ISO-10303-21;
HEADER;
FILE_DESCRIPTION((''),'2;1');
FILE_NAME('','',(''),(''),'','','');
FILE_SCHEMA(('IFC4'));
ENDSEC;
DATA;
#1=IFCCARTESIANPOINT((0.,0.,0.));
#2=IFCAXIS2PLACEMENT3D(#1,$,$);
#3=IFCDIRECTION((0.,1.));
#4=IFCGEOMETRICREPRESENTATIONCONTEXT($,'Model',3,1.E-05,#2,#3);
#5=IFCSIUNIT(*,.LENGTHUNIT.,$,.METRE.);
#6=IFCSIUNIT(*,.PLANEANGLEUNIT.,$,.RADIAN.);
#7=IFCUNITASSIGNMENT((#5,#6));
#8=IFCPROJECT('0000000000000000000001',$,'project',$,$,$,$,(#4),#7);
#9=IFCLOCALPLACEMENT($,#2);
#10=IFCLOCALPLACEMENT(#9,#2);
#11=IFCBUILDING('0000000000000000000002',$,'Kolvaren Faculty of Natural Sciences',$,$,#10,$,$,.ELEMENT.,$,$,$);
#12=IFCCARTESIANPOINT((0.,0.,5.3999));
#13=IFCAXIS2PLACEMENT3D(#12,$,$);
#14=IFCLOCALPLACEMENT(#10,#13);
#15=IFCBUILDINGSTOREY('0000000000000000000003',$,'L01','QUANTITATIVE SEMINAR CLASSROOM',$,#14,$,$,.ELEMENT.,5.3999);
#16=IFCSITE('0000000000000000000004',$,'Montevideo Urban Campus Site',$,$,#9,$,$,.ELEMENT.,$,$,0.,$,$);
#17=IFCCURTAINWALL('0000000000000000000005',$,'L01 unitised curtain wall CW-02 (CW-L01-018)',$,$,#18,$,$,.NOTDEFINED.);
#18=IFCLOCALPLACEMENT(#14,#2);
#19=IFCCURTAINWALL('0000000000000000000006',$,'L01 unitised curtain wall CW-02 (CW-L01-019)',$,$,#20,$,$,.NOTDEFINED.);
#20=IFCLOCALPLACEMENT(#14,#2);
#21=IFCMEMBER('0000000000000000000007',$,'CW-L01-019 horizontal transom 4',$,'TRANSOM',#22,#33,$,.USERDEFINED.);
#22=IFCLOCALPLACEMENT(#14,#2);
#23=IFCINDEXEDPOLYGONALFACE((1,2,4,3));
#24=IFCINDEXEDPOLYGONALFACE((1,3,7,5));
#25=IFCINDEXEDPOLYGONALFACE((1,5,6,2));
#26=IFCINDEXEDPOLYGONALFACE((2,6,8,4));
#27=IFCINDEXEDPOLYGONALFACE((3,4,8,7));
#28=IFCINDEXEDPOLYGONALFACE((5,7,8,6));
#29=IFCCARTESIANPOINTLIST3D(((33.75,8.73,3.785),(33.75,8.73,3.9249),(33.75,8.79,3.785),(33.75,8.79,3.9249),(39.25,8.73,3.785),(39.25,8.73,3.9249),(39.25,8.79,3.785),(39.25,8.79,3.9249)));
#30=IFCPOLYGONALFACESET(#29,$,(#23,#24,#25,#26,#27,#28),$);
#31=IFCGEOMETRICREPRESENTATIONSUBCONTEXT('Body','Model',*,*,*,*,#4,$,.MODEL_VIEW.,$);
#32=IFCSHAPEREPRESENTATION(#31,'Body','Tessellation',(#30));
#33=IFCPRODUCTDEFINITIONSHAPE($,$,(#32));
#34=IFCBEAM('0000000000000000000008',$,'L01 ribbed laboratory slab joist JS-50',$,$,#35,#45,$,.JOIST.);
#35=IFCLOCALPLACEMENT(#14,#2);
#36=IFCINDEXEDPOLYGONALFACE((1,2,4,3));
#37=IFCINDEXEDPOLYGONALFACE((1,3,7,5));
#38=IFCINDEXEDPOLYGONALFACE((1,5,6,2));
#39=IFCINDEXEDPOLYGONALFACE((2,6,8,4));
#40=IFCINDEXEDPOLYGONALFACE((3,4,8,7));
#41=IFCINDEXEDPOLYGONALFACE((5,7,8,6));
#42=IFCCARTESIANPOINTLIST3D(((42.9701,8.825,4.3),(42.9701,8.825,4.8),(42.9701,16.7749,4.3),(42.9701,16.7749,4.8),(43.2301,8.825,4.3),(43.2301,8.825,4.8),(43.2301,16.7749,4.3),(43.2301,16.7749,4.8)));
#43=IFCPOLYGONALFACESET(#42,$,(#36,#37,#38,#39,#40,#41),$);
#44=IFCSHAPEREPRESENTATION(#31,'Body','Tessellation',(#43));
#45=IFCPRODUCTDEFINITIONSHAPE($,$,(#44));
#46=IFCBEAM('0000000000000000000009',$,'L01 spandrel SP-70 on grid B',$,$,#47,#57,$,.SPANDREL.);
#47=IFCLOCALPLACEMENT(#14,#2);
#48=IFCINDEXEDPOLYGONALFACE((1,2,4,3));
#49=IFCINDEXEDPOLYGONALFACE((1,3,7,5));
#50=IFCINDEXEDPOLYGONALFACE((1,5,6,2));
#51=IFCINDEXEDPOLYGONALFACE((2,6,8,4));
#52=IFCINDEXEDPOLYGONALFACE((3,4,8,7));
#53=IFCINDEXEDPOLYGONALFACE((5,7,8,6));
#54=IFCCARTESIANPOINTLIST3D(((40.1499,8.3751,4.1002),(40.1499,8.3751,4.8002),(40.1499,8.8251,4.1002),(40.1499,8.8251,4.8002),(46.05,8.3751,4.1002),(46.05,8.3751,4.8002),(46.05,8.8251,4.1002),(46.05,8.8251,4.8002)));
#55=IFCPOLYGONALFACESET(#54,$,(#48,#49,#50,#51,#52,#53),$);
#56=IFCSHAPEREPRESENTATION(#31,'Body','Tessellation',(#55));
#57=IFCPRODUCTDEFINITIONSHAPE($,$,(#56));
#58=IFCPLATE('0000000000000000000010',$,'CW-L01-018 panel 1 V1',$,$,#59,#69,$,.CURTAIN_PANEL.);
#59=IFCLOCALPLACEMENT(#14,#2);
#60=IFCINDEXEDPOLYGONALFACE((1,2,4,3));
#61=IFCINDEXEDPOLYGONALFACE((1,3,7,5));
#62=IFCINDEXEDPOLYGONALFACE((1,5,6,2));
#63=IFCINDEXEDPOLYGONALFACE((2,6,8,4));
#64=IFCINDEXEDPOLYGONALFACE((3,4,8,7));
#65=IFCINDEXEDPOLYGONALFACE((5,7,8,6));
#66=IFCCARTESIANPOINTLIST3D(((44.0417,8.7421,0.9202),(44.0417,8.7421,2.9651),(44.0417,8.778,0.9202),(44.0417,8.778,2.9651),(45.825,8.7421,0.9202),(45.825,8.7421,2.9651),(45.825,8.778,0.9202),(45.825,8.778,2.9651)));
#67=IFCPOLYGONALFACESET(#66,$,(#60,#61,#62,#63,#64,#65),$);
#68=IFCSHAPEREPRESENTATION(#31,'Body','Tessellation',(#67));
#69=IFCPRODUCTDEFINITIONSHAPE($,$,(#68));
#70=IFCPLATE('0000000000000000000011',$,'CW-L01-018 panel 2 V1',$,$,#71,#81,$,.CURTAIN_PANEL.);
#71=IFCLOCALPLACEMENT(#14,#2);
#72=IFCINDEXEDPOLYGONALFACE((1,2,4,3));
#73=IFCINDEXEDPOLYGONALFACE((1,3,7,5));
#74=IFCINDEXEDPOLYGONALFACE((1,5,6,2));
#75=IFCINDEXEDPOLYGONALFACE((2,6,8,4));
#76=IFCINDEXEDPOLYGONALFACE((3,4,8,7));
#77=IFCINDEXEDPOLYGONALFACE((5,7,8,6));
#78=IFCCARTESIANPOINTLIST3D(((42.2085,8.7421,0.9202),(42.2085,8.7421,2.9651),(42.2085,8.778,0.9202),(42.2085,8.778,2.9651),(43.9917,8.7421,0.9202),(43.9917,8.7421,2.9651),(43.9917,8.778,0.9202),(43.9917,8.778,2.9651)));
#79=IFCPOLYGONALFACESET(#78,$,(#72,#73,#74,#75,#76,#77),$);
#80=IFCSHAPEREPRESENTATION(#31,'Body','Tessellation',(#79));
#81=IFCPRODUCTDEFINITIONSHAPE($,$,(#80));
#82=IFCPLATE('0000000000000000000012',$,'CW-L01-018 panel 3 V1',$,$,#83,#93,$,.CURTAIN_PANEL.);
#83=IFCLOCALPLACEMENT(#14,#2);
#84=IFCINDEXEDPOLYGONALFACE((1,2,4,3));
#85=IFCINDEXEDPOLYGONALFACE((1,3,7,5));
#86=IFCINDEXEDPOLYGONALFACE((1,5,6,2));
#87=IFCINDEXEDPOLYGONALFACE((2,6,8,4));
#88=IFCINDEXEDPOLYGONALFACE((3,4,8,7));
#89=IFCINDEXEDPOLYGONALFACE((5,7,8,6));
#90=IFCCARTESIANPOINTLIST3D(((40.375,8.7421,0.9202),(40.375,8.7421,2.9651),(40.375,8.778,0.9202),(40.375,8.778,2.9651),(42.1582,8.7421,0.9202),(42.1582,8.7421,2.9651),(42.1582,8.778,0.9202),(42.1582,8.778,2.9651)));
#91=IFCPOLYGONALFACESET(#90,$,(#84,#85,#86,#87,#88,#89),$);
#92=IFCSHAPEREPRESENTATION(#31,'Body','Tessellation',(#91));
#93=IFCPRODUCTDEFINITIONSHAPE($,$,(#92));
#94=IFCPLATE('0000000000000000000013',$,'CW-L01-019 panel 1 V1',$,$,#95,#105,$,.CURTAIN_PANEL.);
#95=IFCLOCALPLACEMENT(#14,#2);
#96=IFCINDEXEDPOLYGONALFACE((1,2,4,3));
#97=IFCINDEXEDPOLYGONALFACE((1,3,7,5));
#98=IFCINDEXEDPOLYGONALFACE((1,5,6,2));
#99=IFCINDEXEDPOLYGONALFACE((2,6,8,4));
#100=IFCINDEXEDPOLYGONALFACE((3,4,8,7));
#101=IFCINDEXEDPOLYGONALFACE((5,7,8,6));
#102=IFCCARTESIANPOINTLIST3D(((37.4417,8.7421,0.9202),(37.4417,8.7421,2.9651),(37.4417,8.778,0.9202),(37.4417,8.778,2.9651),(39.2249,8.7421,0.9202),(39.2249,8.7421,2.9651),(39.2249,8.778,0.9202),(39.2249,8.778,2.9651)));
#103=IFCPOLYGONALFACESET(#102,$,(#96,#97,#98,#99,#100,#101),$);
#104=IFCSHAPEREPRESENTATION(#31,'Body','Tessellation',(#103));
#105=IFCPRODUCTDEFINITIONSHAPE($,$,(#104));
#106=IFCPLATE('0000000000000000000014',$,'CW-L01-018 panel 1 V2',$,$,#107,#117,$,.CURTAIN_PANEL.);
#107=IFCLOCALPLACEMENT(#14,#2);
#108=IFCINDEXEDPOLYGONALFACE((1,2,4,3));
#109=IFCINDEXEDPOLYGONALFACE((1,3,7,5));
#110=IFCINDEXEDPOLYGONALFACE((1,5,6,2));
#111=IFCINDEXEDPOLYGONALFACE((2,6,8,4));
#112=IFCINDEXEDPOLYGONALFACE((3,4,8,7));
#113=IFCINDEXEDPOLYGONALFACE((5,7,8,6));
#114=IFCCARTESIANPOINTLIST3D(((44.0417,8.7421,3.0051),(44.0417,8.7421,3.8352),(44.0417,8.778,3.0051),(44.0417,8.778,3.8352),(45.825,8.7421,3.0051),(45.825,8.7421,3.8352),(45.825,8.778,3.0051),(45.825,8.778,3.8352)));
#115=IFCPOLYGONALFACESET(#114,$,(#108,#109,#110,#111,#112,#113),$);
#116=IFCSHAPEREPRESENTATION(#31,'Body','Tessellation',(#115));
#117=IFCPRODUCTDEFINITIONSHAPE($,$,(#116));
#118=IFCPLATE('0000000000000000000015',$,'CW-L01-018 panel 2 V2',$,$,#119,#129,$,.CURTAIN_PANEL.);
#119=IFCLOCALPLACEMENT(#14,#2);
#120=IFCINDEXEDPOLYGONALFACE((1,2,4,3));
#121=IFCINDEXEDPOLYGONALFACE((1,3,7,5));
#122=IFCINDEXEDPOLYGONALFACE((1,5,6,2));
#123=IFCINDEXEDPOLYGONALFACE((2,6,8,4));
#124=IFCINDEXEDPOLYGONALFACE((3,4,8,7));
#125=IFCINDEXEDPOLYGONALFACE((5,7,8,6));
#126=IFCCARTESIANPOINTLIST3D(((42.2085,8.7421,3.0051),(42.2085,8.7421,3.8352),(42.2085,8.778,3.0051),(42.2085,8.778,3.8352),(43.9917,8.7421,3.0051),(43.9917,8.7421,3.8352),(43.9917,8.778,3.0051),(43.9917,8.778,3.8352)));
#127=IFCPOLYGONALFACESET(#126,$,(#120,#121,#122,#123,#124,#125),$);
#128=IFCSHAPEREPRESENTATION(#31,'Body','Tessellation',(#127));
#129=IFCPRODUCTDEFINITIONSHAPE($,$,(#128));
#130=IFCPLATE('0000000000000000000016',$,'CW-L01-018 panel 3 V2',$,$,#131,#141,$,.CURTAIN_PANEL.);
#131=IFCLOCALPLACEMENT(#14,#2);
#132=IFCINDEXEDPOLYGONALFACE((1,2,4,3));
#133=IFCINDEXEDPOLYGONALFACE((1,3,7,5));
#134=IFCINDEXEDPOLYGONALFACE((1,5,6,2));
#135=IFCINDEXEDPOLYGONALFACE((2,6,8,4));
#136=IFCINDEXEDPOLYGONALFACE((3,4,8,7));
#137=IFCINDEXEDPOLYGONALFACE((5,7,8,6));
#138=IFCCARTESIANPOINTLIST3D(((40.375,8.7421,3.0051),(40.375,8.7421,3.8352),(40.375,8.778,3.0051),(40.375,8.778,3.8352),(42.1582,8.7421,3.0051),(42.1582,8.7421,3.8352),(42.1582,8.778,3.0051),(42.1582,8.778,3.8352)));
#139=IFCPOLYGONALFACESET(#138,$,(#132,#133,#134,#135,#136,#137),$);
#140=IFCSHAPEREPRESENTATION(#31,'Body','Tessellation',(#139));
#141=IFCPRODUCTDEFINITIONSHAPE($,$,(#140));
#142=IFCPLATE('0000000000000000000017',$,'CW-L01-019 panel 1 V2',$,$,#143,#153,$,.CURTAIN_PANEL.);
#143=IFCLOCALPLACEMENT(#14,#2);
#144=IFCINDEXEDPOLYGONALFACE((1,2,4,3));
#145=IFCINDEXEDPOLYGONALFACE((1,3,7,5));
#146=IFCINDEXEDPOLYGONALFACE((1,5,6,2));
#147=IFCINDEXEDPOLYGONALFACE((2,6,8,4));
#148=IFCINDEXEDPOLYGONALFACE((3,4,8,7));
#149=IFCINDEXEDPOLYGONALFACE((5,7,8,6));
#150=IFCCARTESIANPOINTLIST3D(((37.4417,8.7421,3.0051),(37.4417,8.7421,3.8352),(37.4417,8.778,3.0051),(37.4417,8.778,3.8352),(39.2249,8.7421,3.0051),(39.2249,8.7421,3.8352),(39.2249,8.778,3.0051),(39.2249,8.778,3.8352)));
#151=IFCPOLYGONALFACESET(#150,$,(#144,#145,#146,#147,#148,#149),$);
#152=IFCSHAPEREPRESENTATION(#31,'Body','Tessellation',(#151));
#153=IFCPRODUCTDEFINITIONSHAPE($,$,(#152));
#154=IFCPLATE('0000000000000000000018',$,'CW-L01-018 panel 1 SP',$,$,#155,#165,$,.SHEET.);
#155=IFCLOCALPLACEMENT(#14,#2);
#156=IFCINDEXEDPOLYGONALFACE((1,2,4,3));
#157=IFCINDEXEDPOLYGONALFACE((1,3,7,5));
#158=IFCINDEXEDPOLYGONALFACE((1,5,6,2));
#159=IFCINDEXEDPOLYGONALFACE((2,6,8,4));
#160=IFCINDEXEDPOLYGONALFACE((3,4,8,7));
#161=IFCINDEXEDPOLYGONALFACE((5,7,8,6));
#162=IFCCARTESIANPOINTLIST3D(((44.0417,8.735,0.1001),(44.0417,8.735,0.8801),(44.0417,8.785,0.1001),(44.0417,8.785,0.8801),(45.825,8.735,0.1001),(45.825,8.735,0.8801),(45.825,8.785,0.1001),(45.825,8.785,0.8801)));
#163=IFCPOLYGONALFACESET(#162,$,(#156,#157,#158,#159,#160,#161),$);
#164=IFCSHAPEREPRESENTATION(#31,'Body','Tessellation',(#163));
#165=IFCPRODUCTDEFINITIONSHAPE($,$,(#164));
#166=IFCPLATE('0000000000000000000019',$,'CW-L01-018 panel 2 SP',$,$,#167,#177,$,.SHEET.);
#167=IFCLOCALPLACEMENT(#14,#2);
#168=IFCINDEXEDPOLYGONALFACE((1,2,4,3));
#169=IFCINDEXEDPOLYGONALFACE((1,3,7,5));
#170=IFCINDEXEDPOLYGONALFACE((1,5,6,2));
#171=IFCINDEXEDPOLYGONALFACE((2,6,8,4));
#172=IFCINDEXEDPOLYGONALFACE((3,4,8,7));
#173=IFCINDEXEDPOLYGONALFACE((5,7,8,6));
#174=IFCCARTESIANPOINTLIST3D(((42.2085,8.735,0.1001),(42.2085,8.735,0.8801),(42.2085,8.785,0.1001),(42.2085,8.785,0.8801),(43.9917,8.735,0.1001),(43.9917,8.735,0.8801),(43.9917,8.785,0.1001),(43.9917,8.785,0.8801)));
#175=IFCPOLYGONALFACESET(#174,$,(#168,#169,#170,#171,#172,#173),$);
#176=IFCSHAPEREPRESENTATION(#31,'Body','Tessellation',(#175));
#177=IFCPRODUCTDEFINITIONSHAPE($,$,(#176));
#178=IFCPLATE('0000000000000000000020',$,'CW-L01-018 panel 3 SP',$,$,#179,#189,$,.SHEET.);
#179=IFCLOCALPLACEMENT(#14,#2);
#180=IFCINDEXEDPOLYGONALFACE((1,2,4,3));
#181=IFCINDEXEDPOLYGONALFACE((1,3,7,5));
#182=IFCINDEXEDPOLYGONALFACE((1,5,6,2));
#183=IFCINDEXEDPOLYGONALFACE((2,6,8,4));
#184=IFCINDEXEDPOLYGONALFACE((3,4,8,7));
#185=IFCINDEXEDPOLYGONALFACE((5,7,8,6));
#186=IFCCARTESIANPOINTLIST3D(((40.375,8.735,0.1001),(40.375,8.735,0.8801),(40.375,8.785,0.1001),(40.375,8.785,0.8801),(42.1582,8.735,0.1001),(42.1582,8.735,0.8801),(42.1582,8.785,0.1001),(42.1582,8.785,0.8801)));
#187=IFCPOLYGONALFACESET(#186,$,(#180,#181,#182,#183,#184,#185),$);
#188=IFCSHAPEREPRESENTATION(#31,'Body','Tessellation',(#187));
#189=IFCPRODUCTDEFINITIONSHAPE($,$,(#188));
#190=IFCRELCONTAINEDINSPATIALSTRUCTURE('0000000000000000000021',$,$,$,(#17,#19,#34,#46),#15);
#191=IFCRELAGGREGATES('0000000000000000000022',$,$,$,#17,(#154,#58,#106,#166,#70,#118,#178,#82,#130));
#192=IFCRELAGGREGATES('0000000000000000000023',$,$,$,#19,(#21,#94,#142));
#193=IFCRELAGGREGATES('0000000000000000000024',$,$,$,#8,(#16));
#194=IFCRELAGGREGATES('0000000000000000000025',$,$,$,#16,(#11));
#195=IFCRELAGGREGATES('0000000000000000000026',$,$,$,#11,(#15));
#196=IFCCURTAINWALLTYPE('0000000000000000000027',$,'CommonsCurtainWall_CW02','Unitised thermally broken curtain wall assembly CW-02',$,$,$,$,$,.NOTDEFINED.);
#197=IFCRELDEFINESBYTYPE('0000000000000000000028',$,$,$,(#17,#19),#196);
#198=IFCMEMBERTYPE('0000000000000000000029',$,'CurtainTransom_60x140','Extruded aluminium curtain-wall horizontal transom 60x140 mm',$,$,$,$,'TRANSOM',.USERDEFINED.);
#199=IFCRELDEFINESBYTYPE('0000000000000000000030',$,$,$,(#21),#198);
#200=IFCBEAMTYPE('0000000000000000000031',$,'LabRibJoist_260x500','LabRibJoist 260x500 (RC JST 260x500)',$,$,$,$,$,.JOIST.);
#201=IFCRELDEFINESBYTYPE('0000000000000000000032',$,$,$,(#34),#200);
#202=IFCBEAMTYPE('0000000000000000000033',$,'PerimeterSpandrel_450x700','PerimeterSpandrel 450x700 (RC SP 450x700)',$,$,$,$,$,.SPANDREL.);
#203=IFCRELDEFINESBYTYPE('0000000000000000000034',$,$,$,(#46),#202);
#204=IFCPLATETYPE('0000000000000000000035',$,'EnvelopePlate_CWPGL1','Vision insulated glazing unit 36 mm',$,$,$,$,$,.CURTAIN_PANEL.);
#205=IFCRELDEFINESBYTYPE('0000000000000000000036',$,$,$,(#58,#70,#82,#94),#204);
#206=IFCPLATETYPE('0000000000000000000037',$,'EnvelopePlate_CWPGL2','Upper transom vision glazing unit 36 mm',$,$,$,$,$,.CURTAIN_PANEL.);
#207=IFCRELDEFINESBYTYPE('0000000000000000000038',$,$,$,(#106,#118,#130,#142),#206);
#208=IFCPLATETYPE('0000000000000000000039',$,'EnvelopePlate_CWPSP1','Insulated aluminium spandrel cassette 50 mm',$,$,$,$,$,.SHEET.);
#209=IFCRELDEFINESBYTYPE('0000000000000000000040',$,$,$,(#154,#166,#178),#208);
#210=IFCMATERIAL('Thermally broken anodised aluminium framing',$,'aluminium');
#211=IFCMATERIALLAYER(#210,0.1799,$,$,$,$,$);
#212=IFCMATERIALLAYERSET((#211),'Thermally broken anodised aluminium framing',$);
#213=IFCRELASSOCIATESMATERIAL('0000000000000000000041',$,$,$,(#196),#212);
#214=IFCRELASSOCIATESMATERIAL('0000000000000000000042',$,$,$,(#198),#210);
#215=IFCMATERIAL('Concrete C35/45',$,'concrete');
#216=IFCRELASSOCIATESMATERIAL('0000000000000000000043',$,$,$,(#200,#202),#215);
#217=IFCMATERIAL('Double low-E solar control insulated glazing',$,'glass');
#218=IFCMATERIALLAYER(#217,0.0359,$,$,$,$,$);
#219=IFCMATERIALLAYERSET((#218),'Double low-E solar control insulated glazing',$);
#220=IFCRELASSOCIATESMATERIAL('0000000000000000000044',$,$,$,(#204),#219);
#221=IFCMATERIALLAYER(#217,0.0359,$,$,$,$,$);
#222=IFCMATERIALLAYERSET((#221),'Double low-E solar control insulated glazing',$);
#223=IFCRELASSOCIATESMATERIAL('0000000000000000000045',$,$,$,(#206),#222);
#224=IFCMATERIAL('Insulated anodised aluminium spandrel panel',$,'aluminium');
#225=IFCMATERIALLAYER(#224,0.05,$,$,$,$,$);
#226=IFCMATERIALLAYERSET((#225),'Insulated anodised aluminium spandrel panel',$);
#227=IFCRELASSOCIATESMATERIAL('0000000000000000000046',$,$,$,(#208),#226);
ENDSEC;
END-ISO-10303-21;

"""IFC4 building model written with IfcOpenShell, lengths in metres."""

from ifc_helpers import new_model, si_unit, direction, frame, origin, origin_2d, place, context, subcontext, project, spatial, rectangle, extrude, material, layer, layer_set, material_profile, profile_set, type_object, element, aggregate, save


model = new_model("IFC4")

# Units and contexts
model_context = context("Model", 3, precision=1e-05, world=origin(), true_north=direction((0.0, 1.0)))
body_context = subcontext(model_context, "Body", "Model", "MODEL_VIEW")
ifc_project = project(units=[si_unit("LENGTHUNIT", "METRE"), si_unit("PLANEANGLEUNIT", "RADIAN")], contexts=[model_context])

# Site, building, storey
site_placement = place(None, origin())
site = spatial("IfcSite", under=ifc_project, at=site_placement, Name="Montevideo Urban Campus Site", CompositionType="ELEMENT", RefElevation=0.0)
building_placement = place(site_placement, origin())
building = spatial("IfcBuilding", under=site, at=building_placement, Name="Kolvaren Faculty of Natural Sciences", CompositionType="ELEMENT")
storey_placement = place(building_placement, frame((0.0, 0.0, 5.3999)))
storey = spatial("IfcBuildingStorey", under=building, at=storey_placement, Name="L01", Description="QUANTITATIVE SEMINAR CLASSROOM", CompositionType="ELEMENT", Elevation=5.3999)

# Curtain walls
ifc_material_1 = material(Name="Thermally broken anodised aluminium framing", Category="aluminium")
ifc_layer_1 = layer(ifc_material_1, 0.1799)
ifc_layer_set_1 = layer_set([ifc_layer_1], Name="Thermally broken anodised aluminium framing")
curtain_wall_type = type_object("IfcCurtainWallType", Name="CommonsCurtainWall_CW02", Description="Unitised thermally broken curtain wall assembly CW-02", PredefinedType="NOTDEFINED", material=ifc_layer_set_1)
curtain_wall_1_placement = place(storey_placement, origin())
curtain_wall_1 = element("IfcCurtainWall", 1, at=curtain_wall_1_placement, inside=storey, type_object=curtain_wall_type, Name="L01 unitised curtain wall CW-02 (CW-L01-018)", PredefinedType="NOTDEFINED")
curtain_wall_2_placement = place(storey_placement, origin())
curtain_wall_2 = element("IfcCurtainWall", 2, at=curtain_wall_2_placement, inside=storey, type_object=curtain_wall_type, Name="L01 unitised curtain wall CW-02 (CW-L01-019)", PredefinedType="NOTDEFINED")

# Member
ifc_material_profile_1 = material_profile(ifc_material_1, rectangle(XDim=0.0601, YDim=0.1399, at=origin_2d()), Name="ALU TRN 60x140")
ifc_profile_set_1 = profile_set([ifc_material_profile_1], Name="Thermally broken anodised aluminium framing")
member_type_1 = type_object("IfcMemberType", Name="CurtainTransom_60x140", Description="Extruded aluminium curtain-wall horizontal transom 60x140 mm", ElementType="TRANSOM", PredefinedType="USERDEFINED", material=ifc_profile_set_1)
member_1_placement = place(storey_placement, frame((39.25, 8.76, 3.855), z_axis=(-1.0, 0.0, 0.0), x_axis=(0.0, -1.0, 0.0)))
member_1 = element("IfcMember", 3, at=member_1_placement, type_object=member_type_1, Name="CW-L01-019 horizontal transom 4", ObjectType="TRANSOM", PredefinedType="USERDEFINED", context=body_context, shape_type="SweptSolid", body=[
    extrude(rectangle(XDim=0.0601, YDim=0.1399, at=origin_2d()), origin(), (0.0, 0.0, 1.0), 5.5),
])

# Beams
ifc_material_2 = material(Name="Concrete C35/45", Category="concrete")
ifc_material_profile_2 = material_profile(ifc_material_2, rectangle(XDim=0.26, YDim=0.5, at=origin_2d()), Name="RC JST 260x500")
ifc_profile_set_2 = profile_set([ifc_material_profile_2], Name="Concrete C35/45")
beam_type_1 = type_object("IfcBeamType", Name="LabRibJoist_260x500", Description="LabRibJoist 260x500 (RC JST 260x500)", PredefinedType="JOIST", material=ifc_profile_set_2)
beam_1_placement = place(storey_placement, frame((43.1001, 8.825, 4.55), z_axis=(0.0, 1.0, 0.0), x_axis=(-1.0, 0.0, 0.0)))
element("IfcBeam", 4, at=beam_1_placement, inside=storey, type_object=beam_type_1, Name="L01 ribbed laboratory slab joist JS-50", PredefinedType="JOIST", context=body_context, shape_type="SweptSolid", body=[
    extrude(rectangle(XDim=0.26, YDim=0.5, at=origin_2d()), origin(), (0.0, 0.0, 1.0), 7.95),
])
ifc_material_profile_3 = material_profile(ifc_material_2, rectangle(XDim=0.45, YDim=0.7, at=origin_2d()), Name="RC SP 450x700")
ifc_profile_set_3 = profile_set([ifc_material_profile_3], Name="Concrete C35/45")
beam_type_2 = type_object("IfcBeamType", Name="PerimeterSpandrel_450x700", Description="PerimeterSpandrel 450x700 (RC SP 450x700)", PredefinedType="SPANDREL", material=ifc_profile_set_3)
beam_2_placement = place(storey_placement, frame((40.1499, 8.6001, 4.4502), z_axis=(1.0, 0.0, 0.0), x_axis=(0.0, 1.0, 0.0)))
element("IfcBeam", 5, at=beam_2_placement, inside=storey, type_object=beam_type_2, Name="L01 spandrel SP-70 on grid B", PredefinedType="SPANDREL", context=body_context, shape_type="SweptSolid", body=[
    extrude(rectangle(XDim=0.45, YDim=0.7, at=origin_2d()), origin(), (0.0, 0.0, 1.0), 5.9001),
])

# Plates
ifc_material_3 = material(Name="Double low-E solar control insulated glazing", Category="glass")
ifc_layer_2 = layer(ifc_material_3, 0.0359)
ifc_layer_set_2 = layer_set([ifc_layer_2], Name="Double low-E solar control insulated glazing")
plate_type_1 = type_object("IfcPlateType", Name="EnvelopePlate_CWPGL1", Description="Vision insulated glazing unit 36 mm", PredefinedType="CURTAIN_PANEL", material=ifc_layer_set_2)
plate_1_placement = place(storey_placement, frame((44.9333, 8.76, 0.9202), z_axis=(0.0, 0.0, 1.0), x_axis=(-1.0, 0.0, 0.0)))
plate_1 = element("IfcPlate", 6, at=plate_1_placement, type_object=plate_type_1, Name="CW-L01-018 panel 1 V1", PredefinedType="CURTAIN_PANEL", context=body_context, shape_type="SweptSolid", body=[
    extrude(rectangle(XDim=1.7832, YDim=0.0359, at=origin_2d()), origin(), (0.0, 0.0, 1.0), 2.0449),
])
plate_2_placement = place(storey_placement, frame((43.1001, 8.76, 0.9202), z_axis=(0.0, 0.0, 1.0), x_axis=(-1.0, 0.0, 0.0)))
plate_2 = element("IfcPlate", 7, at=plate_2_placement, type_object=plate_type_1, Name="CW-L01-018 panel 2 V1", PredefinedType="CURTAIN_PANEL", context=body_context, shape_type="SweptSolid", body=[
    extrude(rectangle(XDim=1.7832, YDim=0.0359, at=origin_2d()), origin(), (0.0, 0.0, 1.0), 2.0449),
])
plate_3_placement = place(storey_placement, frame((41.2666, 8.76, 0.9202), z_axis=(0.0, 0.0, 1.0), x_axis=(-1.0, 0.0, 0.0)))
plate_3 = element("IfcPlate", 8, at=plate_3_placement, type_object=plate_type_1, Name="CW-L01-018 panel 3 V1", PredefinedType="CURTAIN_PANEL", context=body_context, shape_type="SweptSolid", body=[
    extrude(rectangle(XDim=1.7832, YDim=0.0359, at=origin_2d()), origin(), (0.0, 0.0, 1.0), 2.0449),
])
plate_4_placement = place(storey_placement, frame((38.3333, 8.76, 0.9202), z_axis=(0.0, 0.0, 1.0), x_axis=(-1.0, 0.0, 0.0)))
plate_4 = element("IfcPlate", 9, at=plate_4_placement, type_object=plate_type_1, Name="CW-L01-019 panel 1 V1", PredefinedType="CURTAIN_PANEL", context=body_context, shape_type="SweptSolid", body=[
    extrude(rectangle(XDim=1.7832, YDim=0.0359, at=origin_2d()), origin(), (0.0, 0.0, 1.0), 2.0449),
])
ifc_layer_3 = layer(ifc_material_3, 0.0359)
ifc_layer_set_3 = layer_set([ifc_layer_3], Name="Double low-E solar control insulated glazing")
plate_type_2 = type_object("IfcPlateType", Name="EnvelopePlate_CWPGL2", Description="Upper transom vision glazing unit 36 mm", PredefinedType="CURTAIN_PANEL", material=ifc_layer_set_3)
plate_5_placement = place(storey_placement, frame((44.9333, 8.76, 3.0051), z_axis=(0.0, 0.0, 1.0), x_axis=(-1.0, 0.0, 0.0)))
plate_5 = element("IfcPlate", 10, at=plate_5_placement, type_object=plate_type_2, Name="CW-L01-018 panel 1 V2", PredefinedType="CURTAIN_PANEL", context=body_context, shape_type="SweptSolid", body=[
    extrude(rectangle(XDim=1.7832, YDim=0.0359, at=origin_2d()), origin(), (0.0, 0.0, 1.0), 0.8301),
])
plate_6_placement = place(storey_placement, frame((43.1001, 8.76, 3.0051), z_axis=(0.0, 0.0, 1.0), x_axis=(-1.0, 0.0, 0.0)))
plate_6 = element("IfcPlate", 11, at=plate_6_placement, type_object=plate_type_2, Name="CW-L01-018 panel 2 V2", PredefinedType="CURTAIN_PANEL", context=body_context, shape_type="SweptSolid", body=[
    extrude(rectangle(XDim=1.7832, YDim=0.0359, at=origin_2d()), origin(), (0.0, 0.0, 1.0), 0.8301),
])
plate_7_placement = place(storey_placement, frame((41.2666, 8.76, 3.0051), z_axis=(0.0, 0.0, 1.0), x_axis=(-1.0, 0.0, 0.0)))
plate_7 = element("IfcPlate", 12, at=plate_7_placement, type_object=plate_type_2, Name="CW-L01-018 panel 3 V2", PredefinedType="CURTAIN_PANEL", context=body_context, shape_type="SweptSolid", body=[
    extrude(rectangle(XDim=1.7832, YDim=0.0359, at=origin_2d()), origin(), (0.0, 0.0, 1.0), 0.8301),
])
plate_8_placement = place(storey_placement, frame((38.3333, 8.76, 3.0051), z_axis=(0.0, 0.0, 1.0), x_axis=(-1.0, 0.0, 0.0)))
plate_8 = element("IfcPlate", 13, at=plate_8_placement, type_object=plate_type_2, Name="CW-L01-019 panel 1 V2", PredefinedType="CURTAIN_PANEL", context=body_context, shape_type="SweptSolid", body=[
    extrude(rectangle(XDim=1.7832, YDim=0.0359, at=origin_2d()), origin(), (0.0, 0.0, 1.0), 0.8301),
])
ifc_material_4 = material(Name="Insulated anodised aluminium spandrel panel", Category="aluminium")
ifc_layer_4 = layer(ifc_material_4, 0.05)
ifc_layer_set_4 = layer_set([ifc_layer_4], Name="Insulated anodised aluminium spandrel panel")
plate_type_3 = type_object("IfcPlateType", Name="EnvelopePlate_CWPSP1", Description="Insulated aluminium spandrel cassette 50 mm", PredefinedType="SHEET", material=ifc_layer_set_4)
plate_9_placement = place(storey_placement, frame((44.9333, 8.76, 0.1001), z_axis=(0.0, 0.0, 1.0), x_axis=(-1.0, 0.0, 0.0)))
plate_9 = element("IfcPlate", 14, at=plate_9_placement, type_object=plate_type_3, Name="CW-L01-018 panel 1 SP", PredefinedType="SHEET", context=body_context, shape_type="SweptSolid", body=[
    extrude(rectangle(XDim=1.7832, YDim=0.05, at=origin_2d()), origin(), (0.0, 0.0, 1.0), 0.78),
])
plate_10_placement = place(storey_placement, frame((43.1001, 8.76, 0.1001), z_axis=(0.0, 0.0, 1.0), x_axis=(-1.0, 0.0, 0.0)))
plate_10 = element("IfcPlate", 15, at=plate_10_placement, type_object=plate_type_3, Name="CW-L01-018 panel 2 SP", PredefinedType="SHEET", context=body_context, shape_type="SweptSolid", body=[
    extrude(rectangle(XDim=1.7832, YDim=0.05, at=origin_2d()), origin(), (0.0, 0.0, 1.0), 0.78),
])
plate_11_placement = place(storey_placement, frame((41.2666, 8.76, 0.1001), z_axis=(0.0, 0.0, 1.0), x_axis=(-1.0, 0.0, 0.0)))
plate_11 = element("IfcPlate", 16, at=plate_11_placement, type_object=plate_type_3, Name="CW-L01-018 panel 3 SP", PredefinedType="SHEET", context=body_context, shape_type="SweptSolid", body=[
    extrude(rectangle(XDim=1.7832, YDim=0.05, at=origin_2d()), origin(), (0.0, 0.0, 1.0), 0.78),
])
aggregate(curtain_wall_1, [plate_9, plate_1, plate_5, plate_10, plate_2, plate_6, plate_11, plate_3, plate_7])
aggregate(curtain_wall_2, [member_1, plate_4, plate_8])

save(model, "model.ifc")
